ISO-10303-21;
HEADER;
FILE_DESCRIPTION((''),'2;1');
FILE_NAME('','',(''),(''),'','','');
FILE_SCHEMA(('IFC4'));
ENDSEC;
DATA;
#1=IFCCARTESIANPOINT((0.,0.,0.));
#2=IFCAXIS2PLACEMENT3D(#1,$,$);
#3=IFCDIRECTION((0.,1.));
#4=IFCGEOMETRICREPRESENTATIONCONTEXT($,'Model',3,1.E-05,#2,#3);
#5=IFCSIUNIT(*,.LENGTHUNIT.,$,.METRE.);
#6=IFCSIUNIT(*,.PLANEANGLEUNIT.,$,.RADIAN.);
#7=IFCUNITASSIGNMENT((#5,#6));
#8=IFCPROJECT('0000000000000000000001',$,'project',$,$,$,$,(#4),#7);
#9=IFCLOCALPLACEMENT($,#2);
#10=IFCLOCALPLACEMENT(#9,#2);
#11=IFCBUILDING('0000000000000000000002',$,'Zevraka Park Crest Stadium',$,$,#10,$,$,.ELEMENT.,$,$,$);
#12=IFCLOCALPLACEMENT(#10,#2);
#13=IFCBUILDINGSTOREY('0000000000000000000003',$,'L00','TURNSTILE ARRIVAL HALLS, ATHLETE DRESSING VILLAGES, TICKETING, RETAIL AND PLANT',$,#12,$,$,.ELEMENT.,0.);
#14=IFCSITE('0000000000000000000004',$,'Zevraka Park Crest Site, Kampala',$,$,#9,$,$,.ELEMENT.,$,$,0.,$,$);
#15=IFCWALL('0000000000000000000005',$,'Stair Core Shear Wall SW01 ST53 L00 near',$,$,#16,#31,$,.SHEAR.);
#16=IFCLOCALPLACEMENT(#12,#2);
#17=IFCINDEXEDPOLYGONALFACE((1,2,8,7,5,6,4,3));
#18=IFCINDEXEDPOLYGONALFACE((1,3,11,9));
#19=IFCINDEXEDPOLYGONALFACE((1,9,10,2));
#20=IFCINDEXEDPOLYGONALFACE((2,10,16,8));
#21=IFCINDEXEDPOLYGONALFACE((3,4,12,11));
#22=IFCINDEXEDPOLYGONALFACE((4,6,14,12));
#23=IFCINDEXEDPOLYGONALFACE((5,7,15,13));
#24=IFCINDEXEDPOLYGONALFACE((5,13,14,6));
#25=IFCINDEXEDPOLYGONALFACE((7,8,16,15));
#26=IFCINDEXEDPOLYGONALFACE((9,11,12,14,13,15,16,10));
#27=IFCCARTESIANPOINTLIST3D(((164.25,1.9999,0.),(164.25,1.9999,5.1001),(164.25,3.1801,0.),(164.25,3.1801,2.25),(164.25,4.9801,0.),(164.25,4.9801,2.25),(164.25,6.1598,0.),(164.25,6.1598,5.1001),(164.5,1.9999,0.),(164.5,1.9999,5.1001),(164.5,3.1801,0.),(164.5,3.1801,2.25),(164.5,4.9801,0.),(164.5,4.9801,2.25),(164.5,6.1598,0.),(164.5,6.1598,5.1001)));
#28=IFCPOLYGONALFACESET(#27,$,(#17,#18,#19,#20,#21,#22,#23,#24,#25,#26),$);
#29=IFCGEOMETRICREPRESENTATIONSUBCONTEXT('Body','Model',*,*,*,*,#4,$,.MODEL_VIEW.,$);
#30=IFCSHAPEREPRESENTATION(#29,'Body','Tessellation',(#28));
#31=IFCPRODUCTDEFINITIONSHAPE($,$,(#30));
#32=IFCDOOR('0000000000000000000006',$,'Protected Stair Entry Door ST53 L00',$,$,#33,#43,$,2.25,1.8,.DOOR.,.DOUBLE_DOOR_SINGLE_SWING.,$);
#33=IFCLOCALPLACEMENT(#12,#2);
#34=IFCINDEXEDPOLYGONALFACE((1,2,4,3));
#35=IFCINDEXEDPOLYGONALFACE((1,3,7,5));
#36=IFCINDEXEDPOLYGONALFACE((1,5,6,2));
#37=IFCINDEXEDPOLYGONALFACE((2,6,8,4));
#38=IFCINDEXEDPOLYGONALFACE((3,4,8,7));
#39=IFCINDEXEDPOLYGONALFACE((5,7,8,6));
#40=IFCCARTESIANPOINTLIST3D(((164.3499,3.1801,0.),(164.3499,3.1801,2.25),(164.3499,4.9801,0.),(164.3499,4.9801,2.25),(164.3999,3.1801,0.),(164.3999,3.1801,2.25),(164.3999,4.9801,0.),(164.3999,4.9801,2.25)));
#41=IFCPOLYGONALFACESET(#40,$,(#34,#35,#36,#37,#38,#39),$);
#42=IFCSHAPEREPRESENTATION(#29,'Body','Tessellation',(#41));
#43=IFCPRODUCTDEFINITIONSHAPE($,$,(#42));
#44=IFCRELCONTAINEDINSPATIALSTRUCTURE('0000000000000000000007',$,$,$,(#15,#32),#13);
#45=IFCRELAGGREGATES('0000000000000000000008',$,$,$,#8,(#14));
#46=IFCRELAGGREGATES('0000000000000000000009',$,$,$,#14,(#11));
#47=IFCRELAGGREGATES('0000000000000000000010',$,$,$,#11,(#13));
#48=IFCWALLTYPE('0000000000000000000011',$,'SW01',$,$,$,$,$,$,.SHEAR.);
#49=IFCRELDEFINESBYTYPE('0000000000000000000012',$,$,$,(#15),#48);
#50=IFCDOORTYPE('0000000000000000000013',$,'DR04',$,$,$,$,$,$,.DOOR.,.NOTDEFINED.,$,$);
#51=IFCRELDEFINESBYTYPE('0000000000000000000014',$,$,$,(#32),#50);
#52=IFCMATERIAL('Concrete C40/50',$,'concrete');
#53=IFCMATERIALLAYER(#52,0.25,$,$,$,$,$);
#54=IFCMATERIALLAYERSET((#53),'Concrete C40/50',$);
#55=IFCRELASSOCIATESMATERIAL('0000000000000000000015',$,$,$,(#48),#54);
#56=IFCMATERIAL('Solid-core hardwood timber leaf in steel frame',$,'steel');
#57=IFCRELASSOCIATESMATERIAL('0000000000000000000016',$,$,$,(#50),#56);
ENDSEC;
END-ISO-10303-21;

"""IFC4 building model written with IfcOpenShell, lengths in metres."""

from ifc_helpers import new_model, si_unit, direction, frame, frame_2d, origin, place, context, subcontext, project, spatial, rectangle, extrude, material, layer, layer_set, type_object, element, fill, save


model = new_model("IFC4")

# Units and contexts
model_context = context("Model", 3, precision=1e-05, world=origin(), true_north=direction((0.0, 1.0)))
body_context = subcontext(model_context, "Body", "Model", "MODEL_VIEW")
ifc_project = project(units=[si_unit("LENGTHUNIT", "METRE"), si_unit("PLANEANGLEUNIT", "RADIAN")], contexts=[model_context])

# Site, building, storey
site_placement = place(None, origin())
site = spatial("IfcSite", under=ifc_project, at=site_placement, Name="Zevraka Park Crest Site, Kampala", CompositionType="ELEMENT", RefElevation=0.0)
building_placement = place(site_placement, origin())
building = spatial("IfcBuilding", under=site, at=building_placement, Name="Zevraka Park Crest Stadium", CompositionType="ELEMENT")
storey_placement = place(building_placement, origin())
storey = spatial("IfcBuildingStorey", under=building, at=storey_placement, Name="L00", Description="TURNSTILE ARRIVAL HALLS, ATHLETE DRESSING VILLAGES, TICKETING, RETAIL AND PLANT", CompositionType="ELEMENT", Elevation=0.0)

# Wall, opening, door
ifc_material_1 = material(Name="Concrete C40/50", Category="concrete")
ifc_layer_1 = layer(ifc_material_1, 0.25)
ifc_layer_set_1 = layer_set([ifc_layer_1], Name="Concrete C40/50")
wall_type_1 = type_object("IfcWallType", Name="SW01", PredefinedType="SHEAR", material=ifc_layer_set_1)
wall_1_placement = place(storey_placement, frame((164.375, 6.1599, 0.0), z_axis=(0.0, 0.0, 1.0), x_axis=(0.0, -1.0, 0.0)))
wall_1 = element("IfcWall", 1, at=wall_1_placement, inside=storey, type_object=wall_type_1, Name="Stair Core Shear Wall SW01 ST53 L00 near", PredefinedType="SHEAR", context=body_context, shape_type="SweptSolid", body=[
    extrude(rectangle(XDim=4.1599, YDim=0.25, at=frame_2d((2.0801, 0.0))), origin(), (0.0, 0.0, 1.0), 5.1001),
])
opening_1_placement = place(wall_1_placement, frame((1.1799, 0.0, 0.0)))
opening_1 = element("IfcOpeningElement", 2, at=opening_1_placement, cuts=wall_1, PredefinedType="OPENING", context=body_context, shape_type="SweptSolid", body=[
    extrude(rectangle(XDim=1.8, YDim=2.25, at=frame_2d((0.8999, 1.125))), frame((0.0, 0.135, 0.0), z_axis=(0.0, -1.0, 0.0), x_axis=(1.0, 0.0, 0.0)), (0.0, 0.0, 1.0), 0.27),
])
ifc_material_2 = material(Name="Solid-core hardwood timber leaf in steel frame", Category="steel")
door_type_1 = type_object("IfcDoorType", Name="DR04", OperationType="NOTDEFINED", PredefinedType="DOOR", material=ifc_material_2)
door_1_placement = place(opening_1_placement, origin())
door_1 = element("IfcDoor", 3, at=door_1_placement, inside=storey, type_object=door_type_1, Name="Protected Stair Entry Door ST53 L00", OperationType="DOUBLE_DOOR_SINGLE_SWING", OverallHeight=2.25, OverallWidth=1.8, PredefinedType="DOOR", context=body_context, shape_type="SweptSolid", body=[
    extrude(rectangle(XDim=1.8, YDim=2.25, at=frame_2d((0.8999, 1.125))), frame((0.0, 0.0249, 0.0), z_axis=(0.0, -1.0, 0.0), x_axis=(1.0, 0.0, 0.0)), (0.0, 0.0, 1.0), 0.05),
])
fill(opening_1, door_1)

save(model, "model.ifc")
